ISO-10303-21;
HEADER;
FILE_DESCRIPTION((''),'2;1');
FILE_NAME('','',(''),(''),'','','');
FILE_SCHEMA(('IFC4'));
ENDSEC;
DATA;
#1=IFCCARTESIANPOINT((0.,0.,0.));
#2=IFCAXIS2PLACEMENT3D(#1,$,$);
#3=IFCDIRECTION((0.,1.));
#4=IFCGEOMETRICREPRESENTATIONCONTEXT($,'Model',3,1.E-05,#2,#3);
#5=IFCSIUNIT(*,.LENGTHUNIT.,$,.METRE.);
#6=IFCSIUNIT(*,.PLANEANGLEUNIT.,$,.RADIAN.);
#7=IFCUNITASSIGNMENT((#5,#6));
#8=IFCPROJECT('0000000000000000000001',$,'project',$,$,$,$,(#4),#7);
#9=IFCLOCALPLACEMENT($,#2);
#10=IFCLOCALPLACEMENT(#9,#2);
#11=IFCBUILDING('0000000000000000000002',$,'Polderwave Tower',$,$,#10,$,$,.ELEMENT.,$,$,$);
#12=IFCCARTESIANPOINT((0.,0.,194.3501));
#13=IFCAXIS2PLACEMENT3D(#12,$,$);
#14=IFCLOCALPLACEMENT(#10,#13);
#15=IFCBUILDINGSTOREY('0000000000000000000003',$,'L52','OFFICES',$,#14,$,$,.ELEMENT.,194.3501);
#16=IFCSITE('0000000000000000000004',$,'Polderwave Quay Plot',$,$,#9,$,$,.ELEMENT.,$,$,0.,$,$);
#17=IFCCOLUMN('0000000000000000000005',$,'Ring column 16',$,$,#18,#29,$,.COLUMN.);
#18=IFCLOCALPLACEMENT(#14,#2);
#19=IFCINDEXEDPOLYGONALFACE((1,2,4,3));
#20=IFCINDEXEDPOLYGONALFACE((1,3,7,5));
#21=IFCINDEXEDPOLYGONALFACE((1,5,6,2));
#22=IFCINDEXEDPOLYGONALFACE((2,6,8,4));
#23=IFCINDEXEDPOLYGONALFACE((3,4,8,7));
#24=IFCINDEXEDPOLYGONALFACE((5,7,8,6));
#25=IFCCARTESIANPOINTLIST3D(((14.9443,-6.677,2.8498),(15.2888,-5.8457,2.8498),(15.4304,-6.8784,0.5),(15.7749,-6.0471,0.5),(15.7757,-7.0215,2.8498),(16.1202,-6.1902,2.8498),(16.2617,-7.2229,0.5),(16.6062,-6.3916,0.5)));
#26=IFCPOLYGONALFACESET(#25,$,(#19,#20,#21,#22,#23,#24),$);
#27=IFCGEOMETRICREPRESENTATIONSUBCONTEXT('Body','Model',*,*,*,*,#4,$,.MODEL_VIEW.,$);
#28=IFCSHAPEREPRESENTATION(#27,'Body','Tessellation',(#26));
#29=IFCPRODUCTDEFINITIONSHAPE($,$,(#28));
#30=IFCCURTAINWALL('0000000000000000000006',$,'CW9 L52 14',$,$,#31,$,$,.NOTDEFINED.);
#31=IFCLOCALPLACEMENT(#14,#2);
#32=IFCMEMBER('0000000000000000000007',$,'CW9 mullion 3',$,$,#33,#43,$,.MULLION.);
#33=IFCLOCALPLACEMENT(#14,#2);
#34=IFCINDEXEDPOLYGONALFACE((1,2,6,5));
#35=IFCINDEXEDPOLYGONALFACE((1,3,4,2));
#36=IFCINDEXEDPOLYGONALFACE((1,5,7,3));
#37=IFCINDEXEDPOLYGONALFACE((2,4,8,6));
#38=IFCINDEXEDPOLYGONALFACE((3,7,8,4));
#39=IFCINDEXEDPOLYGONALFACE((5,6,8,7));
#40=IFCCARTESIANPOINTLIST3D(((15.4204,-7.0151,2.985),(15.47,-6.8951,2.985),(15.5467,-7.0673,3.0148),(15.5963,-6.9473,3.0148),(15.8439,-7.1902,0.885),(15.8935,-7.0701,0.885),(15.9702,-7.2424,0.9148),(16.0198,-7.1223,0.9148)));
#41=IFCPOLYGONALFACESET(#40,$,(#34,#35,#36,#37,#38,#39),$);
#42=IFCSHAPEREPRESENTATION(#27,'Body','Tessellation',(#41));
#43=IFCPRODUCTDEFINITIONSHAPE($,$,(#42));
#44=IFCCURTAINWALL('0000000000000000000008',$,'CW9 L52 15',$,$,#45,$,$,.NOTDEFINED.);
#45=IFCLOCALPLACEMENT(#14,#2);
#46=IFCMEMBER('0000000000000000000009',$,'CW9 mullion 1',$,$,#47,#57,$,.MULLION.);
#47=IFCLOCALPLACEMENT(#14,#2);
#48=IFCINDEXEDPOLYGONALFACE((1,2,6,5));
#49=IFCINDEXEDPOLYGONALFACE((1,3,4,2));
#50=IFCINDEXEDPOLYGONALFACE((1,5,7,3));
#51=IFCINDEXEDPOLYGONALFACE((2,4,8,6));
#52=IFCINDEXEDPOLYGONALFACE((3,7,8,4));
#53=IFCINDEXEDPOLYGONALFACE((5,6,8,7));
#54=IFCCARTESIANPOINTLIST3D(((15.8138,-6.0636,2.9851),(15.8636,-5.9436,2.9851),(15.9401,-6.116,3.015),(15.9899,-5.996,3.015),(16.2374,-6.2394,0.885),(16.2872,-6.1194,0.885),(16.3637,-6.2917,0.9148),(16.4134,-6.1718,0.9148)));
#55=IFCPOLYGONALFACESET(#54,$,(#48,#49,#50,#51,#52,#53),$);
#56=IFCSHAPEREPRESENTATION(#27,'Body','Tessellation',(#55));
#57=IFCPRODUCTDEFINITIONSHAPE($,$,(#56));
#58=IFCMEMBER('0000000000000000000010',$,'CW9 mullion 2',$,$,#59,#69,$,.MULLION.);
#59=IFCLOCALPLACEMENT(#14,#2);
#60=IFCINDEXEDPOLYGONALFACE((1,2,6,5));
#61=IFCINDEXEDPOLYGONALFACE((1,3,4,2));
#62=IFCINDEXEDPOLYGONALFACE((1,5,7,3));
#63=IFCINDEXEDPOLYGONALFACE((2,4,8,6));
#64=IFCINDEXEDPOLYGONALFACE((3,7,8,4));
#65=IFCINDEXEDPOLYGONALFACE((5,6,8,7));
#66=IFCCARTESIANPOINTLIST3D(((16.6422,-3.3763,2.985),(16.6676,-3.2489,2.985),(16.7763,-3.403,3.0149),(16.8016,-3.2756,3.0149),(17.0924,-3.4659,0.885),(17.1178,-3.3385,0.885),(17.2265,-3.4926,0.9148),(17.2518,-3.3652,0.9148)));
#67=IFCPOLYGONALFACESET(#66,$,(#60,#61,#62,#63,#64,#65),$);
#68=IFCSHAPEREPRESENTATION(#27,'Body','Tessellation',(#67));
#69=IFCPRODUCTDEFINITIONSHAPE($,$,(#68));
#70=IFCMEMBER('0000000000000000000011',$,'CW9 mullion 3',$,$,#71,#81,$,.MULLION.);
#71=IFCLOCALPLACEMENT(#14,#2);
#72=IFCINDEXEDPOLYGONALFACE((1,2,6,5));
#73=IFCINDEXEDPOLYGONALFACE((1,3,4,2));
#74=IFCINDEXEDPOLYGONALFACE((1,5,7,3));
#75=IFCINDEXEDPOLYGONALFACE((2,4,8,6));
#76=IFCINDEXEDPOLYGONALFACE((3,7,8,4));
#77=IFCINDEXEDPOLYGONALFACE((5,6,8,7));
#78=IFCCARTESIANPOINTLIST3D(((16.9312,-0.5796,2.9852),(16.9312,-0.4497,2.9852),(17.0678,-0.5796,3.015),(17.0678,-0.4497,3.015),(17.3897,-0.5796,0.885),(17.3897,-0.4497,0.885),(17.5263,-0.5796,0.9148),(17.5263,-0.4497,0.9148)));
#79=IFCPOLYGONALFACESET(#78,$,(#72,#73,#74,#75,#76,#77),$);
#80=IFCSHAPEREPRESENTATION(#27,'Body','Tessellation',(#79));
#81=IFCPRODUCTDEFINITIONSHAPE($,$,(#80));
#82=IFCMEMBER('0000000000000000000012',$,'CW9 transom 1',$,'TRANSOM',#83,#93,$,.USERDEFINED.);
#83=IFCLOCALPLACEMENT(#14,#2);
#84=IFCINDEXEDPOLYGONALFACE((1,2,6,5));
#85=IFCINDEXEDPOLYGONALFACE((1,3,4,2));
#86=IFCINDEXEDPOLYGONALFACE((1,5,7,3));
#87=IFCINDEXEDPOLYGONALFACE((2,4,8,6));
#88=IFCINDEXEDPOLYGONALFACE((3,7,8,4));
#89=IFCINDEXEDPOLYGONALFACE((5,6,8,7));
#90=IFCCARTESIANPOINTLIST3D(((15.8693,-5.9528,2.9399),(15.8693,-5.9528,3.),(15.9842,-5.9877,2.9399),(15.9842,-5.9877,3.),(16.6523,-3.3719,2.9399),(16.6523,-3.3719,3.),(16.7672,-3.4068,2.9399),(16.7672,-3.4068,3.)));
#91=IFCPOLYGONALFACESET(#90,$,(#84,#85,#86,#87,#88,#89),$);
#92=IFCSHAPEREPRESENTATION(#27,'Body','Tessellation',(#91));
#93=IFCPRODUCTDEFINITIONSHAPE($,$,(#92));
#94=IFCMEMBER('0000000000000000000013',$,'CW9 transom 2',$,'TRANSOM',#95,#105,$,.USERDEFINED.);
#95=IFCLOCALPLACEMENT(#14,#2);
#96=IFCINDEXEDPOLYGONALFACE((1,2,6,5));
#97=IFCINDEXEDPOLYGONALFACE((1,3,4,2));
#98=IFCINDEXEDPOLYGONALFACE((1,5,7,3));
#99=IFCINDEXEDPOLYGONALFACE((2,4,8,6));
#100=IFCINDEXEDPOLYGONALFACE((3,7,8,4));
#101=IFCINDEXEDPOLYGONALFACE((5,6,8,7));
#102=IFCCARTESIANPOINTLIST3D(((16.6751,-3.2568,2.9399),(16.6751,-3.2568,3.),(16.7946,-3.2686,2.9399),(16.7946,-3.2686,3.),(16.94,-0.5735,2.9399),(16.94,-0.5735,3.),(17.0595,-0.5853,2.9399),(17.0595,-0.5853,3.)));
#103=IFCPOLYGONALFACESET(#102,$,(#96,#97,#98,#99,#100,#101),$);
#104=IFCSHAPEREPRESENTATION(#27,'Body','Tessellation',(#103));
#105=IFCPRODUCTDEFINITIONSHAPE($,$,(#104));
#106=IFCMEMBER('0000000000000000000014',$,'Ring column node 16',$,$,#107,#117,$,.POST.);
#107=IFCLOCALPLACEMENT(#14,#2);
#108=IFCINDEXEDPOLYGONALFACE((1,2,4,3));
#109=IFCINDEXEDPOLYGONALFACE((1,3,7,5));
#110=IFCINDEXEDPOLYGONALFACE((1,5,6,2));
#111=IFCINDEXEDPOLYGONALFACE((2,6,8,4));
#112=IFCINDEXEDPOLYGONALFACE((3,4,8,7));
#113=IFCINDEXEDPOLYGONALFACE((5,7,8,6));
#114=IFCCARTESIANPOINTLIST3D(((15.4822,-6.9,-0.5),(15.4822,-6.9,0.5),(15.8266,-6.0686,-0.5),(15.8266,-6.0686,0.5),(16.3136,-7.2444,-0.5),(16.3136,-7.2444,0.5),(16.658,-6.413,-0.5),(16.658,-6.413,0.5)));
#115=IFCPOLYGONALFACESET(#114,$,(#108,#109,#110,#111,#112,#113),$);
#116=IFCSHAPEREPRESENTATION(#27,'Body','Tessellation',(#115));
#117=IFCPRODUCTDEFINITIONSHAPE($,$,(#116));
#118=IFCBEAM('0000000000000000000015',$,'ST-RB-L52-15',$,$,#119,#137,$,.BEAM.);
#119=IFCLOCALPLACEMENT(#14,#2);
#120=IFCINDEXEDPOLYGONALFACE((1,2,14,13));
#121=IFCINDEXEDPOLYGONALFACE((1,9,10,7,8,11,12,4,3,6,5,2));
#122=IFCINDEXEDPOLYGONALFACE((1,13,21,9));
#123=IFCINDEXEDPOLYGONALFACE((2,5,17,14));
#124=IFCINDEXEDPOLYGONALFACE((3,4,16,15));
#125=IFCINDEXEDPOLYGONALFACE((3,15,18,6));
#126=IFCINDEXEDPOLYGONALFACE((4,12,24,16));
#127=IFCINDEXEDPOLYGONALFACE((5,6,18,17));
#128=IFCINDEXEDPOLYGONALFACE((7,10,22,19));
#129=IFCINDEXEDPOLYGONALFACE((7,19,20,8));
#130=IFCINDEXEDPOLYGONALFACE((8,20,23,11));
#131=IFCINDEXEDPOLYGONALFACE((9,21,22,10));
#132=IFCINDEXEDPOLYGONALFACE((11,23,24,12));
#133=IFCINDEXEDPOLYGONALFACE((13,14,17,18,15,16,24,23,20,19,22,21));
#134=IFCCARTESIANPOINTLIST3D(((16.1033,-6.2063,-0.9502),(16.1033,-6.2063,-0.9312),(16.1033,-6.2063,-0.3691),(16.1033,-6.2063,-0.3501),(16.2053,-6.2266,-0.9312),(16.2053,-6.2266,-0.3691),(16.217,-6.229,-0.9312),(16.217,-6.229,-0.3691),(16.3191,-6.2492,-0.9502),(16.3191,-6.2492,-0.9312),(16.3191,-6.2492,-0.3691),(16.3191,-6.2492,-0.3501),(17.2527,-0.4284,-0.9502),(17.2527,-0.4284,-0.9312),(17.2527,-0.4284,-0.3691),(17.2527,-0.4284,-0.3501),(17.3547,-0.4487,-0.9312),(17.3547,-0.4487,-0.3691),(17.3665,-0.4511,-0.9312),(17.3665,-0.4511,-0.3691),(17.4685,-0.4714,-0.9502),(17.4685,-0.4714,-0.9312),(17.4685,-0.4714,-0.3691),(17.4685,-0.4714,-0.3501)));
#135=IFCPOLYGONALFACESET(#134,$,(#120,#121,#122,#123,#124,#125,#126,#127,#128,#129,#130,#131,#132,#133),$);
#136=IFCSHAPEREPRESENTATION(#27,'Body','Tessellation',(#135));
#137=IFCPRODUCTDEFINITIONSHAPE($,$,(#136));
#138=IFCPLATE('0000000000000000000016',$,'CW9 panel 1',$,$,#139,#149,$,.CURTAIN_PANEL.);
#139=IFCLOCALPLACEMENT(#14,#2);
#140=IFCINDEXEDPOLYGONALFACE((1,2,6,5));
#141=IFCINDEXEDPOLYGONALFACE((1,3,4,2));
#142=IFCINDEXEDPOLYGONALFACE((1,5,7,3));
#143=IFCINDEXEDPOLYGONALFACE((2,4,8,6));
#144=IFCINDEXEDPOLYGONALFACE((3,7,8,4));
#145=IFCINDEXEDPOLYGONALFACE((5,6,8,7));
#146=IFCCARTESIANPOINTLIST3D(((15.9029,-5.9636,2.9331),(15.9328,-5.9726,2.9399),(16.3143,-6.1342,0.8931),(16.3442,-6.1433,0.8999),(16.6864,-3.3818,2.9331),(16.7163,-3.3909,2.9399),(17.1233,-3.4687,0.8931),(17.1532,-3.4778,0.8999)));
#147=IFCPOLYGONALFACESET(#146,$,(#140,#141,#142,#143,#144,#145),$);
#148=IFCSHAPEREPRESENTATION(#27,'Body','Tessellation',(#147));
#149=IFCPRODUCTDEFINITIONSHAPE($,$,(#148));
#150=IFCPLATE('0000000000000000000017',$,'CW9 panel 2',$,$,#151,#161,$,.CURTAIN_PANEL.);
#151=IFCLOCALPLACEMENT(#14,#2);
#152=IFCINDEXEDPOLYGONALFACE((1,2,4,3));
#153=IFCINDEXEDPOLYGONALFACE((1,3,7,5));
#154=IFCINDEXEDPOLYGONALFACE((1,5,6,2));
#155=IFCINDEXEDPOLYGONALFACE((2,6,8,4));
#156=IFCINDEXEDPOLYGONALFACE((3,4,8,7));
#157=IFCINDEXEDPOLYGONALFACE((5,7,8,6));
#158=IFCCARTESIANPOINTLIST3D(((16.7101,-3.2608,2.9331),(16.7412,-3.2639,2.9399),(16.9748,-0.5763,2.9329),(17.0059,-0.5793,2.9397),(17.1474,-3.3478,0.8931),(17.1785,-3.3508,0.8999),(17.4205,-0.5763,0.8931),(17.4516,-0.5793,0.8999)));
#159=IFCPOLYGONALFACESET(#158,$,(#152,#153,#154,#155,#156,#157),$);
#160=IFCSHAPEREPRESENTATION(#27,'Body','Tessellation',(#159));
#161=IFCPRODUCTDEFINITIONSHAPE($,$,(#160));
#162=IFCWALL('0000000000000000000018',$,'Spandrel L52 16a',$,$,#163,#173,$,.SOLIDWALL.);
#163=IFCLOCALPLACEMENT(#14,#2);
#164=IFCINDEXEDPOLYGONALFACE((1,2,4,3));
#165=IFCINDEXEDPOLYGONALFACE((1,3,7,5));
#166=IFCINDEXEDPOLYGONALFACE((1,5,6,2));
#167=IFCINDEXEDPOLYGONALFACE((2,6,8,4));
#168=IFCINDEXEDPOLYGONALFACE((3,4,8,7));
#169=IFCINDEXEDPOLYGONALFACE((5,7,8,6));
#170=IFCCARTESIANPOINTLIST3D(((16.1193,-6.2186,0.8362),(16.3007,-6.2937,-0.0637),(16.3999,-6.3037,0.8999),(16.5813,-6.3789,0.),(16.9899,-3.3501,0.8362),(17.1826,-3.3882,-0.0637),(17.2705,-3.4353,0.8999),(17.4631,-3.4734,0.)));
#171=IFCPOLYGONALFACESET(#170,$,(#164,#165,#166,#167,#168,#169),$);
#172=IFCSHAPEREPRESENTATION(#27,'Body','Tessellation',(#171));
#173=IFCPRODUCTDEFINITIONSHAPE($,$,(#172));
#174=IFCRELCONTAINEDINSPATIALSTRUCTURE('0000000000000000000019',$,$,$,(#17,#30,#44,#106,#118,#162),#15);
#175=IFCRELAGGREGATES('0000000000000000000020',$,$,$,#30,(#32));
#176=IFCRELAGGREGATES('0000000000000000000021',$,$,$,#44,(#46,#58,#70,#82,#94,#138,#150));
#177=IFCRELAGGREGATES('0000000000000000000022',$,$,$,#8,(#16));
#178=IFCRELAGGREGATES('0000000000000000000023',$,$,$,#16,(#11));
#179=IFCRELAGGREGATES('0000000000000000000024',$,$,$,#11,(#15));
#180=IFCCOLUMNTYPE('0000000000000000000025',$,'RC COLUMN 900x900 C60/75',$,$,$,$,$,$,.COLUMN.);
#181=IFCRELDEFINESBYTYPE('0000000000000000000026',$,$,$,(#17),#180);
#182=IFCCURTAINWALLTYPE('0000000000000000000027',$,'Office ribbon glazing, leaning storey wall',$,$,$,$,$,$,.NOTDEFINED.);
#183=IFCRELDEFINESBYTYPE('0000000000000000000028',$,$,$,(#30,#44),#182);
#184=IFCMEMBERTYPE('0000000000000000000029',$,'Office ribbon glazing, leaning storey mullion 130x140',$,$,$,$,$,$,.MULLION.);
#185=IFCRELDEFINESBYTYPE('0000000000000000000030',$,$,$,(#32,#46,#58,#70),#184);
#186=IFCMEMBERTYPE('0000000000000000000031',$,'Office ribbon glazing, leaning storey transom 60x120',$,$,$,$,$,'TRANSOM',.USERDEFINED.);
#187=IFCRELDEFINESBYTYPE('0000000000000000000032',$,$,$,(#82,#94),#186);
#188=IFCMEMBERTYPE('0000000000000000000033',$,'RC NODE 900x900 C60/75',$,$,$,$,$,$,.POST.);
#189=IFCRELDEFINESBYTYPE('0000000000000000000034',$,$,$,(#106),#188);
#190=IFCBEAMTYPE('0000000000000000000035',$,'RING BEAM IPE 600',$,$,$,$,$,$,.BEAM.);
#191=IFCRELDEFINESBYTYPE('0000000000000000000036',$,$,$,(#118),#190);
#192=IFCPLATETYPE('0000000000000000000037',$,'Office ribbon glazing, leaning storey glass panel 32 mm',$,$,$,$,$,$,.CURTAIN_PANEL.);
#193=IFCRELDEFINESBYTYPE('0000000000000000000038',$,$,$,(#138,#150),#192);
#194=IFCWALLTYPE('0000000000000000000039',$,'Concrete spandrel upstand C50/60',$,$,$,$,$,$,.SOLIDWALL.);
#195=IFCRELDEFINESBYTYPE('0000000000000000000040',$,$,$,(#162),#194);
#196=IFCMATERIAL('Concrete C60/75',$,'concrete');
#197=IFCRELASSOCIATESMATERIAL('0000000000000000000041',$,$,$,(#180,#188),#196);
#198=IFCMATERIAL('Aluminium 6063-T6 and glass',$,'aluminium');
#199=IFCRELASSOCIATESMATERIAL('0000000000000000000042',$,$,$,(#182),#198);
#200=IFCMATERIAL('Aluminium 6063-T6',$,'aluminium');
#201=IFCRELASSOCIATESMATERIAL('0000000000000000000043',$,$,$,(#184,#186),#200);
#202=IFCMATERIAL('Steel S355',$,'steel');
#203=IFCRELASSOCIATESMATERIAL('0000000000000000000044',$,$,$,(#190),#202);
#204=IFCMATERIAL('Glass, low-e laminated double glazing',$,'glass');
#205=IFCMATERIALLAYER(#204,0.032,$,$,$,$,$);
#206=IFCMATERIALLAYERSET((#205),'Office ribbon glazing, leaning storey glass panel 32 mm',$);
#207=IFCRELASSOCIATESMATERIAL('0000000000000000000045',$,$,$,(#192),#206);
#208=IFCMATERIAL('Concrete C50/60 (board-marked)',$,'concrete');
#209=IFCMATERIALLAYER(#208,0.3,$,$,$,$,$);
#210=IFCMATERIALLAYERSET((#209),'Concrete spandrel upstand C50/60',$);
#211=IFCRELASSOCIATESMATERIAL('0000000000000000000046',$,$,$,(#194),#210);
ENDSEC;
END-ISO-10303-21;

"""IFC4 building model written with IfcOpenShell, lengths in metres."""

from ifc_helpers import new_model, si_unit, direction, frame, origin, origin_2d, place, context, subcontext, project, spatial, polyline, rectangle, i_section, outline, extrude, material, layer, layer_set, material_profile, profile_set, type_object, element, aggregate, save


model = new_model("IFC4")

# Units and contexts
model_context = context("Model", 3, precision=1e-05, world=origin(), true_north=direction((0.0, 1.0)))
body_context = subcontext(model_context, "Body", "Model", "MODEL_VIEW")
ifc_project = project(units=[si_unit("LENGTHUNIT", "METRE"), si_unit("PLANEANGLEUNIT", "RADIAN")], contexts=[model_context])

# Site, building, storey
site_placement = place(None, origin())
site = spatial("IfcSite", under=ifc_project, at=site_placement, Name="Polderwave Quay Plot", CompositionType="ELEMENT", RefElevation=0.0)
building_placement = place(site_placement, origin())
building = spatial("IfcBuilding", under=site, at=building_placement, Name="Polderwave Tower", CompositionType="ELEMENT")
storey_placement = place(building_placement, frame((0.0, 0.0, 194.3501)))
storey = spatial("IfcBuildingStorey", under=building, at=storey_placement, Name="L52", Description="OFFICES", CompositionType="ELEMENT", Elevation=194.3501)

# Column
ifc_material_1 = material(Name="Concrete C60/75", Category="concrete")
ifc_material_profile_1 = material_profile(ifc_material_1, rectangle(XDim=0.8999, YDim=0.8999, at=origin_2d()), Name="RC 900x900")
ifc_profile_set_1 = profile_set([ifc_material_profile_1], Name="Concrete C60/75")
column_type = type_object("IfcColumnType", Name="RC COLUMN 900x900 C60/75", PredefinedType="COLUMN", material=ifc_profile_set_1)
column_placement = place(storey_placement, frame((16.0183, -6.635, 0.5), z_axis=(0.0, 0.0, 1.0), x_axis=(-0.382803, -0.92383, 0.0)))
element("IfcColumn", 1, at=column_placement, inside=storey, type_object=column_type, Name="Ring column 16", PredefinedType="COLUMN", context=body_context, shape_type="SweptSolid", body=[
    extrude(rectangle(XDim=0.8999, YDim=0.8999, at=origin_2d()), origin(), (0.0, -0.218502, 0.975836), 2.408),
])

# Curtain wall, member
ifc_material_2 = material(Name="Aluminium 6063-T6 and glass", Category="aluminium")
curtain_wall_type = type_object("IfcCurtainWallType", Name="Office ribbon glazing, leaning storey wall", PredefinedType="NOTDEFINED", material=ifc_material_2)
curtain_wall_1_placement = place(storey_placement, origin())
curtain_wall_1 = element("IfcCurtainWall", 2, at=curtain_wall_1_placement, inside=storey, type_object=curtain_wall_type, Name="CW9 L52 14", PredefinedType="NOTDEFINED")
ifc_material_3 = material(Name="Aluminium 6063-T6", Category="aluminium")
ifc_material_profile_2 = material_profile(ifc_material_3, rectangle(XDim=0.1299, YDim=0.1399, at=origin_2d()), Name="AL 130x140")
ifc_profile_set_2 = profile_set([ifc_material_profile_2], Name="Aluminium 6063-T6")
member_type_1 = type_object("IfcMemberType", Name="Office ribbon glazing, leaning storey mullion 130x140", PredefinedType="MULLION", material=ifc_profile_set_2)
member_1_placement = place(storey_placement, frame((15.9319, -7.1562, 0.8999), z_axis=(-0.197059, 0.081436, 0.977004), x_axis=(-0.381928, -0.924192, 0.0)))
member_1 = element("IfcMember", 3, at=member_1_placement, type_object=member_type_1, Name="CW9 mullion 3", PredefinedType="MULLION", context=body_context, shape_type="SweptSolid", body=[
    extrude(rectangle(XDim=0.1299, YDim=0.1399, at=origin_2d()), origin(), (0.0, 0.0, 1.0), 2.1494),
])
aggregate(curtain_wall_1, [member_1])

# Curtain wall, members
curtain_wall_2_placement = place(storey_placement, origin())
curtain_wall_2 = element("IfcCurtainWall", 4, at=curtain_wall_2_placement, inside=storey, type_object=curtain_wall_type, Name="CW9 L52 15", PredefinedType="NOTDEFINED")
member_2_placement = place(storey_placement, frame((16.3254, -6.2056, 0.8999), z_axis=(-0.197053, 0.081774, 0.976976), x_axis=(-0.383292, -0.923627, 0.0)))
member_2 = element("IfcMember", 5, at=member_2_placement, type_object=member_type_1, Name="CW9 mullion 1", PredefinedType="MULLION", context=body_context, shape_type="SweptSolid", body=[
    extrude(rectangle(XDim=0.1299, YDim=0.1399, at=origin_2d()), origin(), (0.0, 0.0, 1.0), 2.1497),
])
member_3_placement = place(storey_placement, frame((17.1721, -3.4155, 0.8999), z_axis=(-0.209425, 0.04168, 0.976936), x_axis=(-0.195196, -0.980764, 0.0)))
member_3 = element("IfcMember", 6, at=member_3_placement, type_object=member_type_1, Name="CW9 mullion 2", PredefinedType="MULLION", context=body_context, shape_type="SweptSolid", body=[
    extrude(rectangle(XDim=0.1299, YDim=0.1399, at=origin_2d()), origin(), (0.0, 0.0, 1.0), 2.1497),
])
member_4_placement = place(storey_placement, frame((17.458, -0.5146, 0.8999), z_axis=(-0.213297, 0.0, 0.976987), x_axis=(0.0, -1.0, 0.0)))
member_4 = element("IfcMember", 7, at=member_4_placement, type_object=member_type_1, Name="CW9 mullion 3", PredefinedType="MULLION", context=body_context, shape_type="SweptSolid", body=[
    extrude(rectangle(XDim=0.1299, YDim=0.1399, at=origin_2d()), origin(), (0.0, 0.0, 1.0), 2.1497),
])
ifc_material_profile_3 = material_profile(ifc_material_3, rectangle(XDim=0.1201, YDim=0.0601, at=origin_2d()), Name="AL 60x120")
ifc_profile_set_3 = profile_set([ifc_material_profile_3], Name="Aluminium 6063-T6")
member_type_2 = type_object("IfcMemberType", Name="Office ribbon glazing, leaning storey transom 60x120", ElementType="TRANSOM", PredefinedType="USERDEFINED", material=ifc_profile_set_3)
member_5_placement = place(storey_placement, frame((15.9268, -5.9702, 2.97), z_axis=(0.290311, 0.956932, 0.0), x_axis=(-0.956932, 0.290311, 0.0)))
member_5 = element("IfcMember", 8, at=member_5_placement, type_object=member_type_2, Name="CW9 transom 1", ObjectType="TRANSOM", PredefinedType="USERDEFINED", context=body_context, shape_type="SweptSolid", body=[
    extrude(rectangle(XDim=0.1201, YDim=0.0601, at=origin_2d()), origin(), (0.0, 0.0, 1.0), 2.697),
])
member_6_placement = place(storey_placement, frame((16.7349, -3.2627, 2.97), z_axis=(0.09824, 0.995163, 0.0), x_axis=(-0.995163, 0.09824, 0.0)))
member_6 = element("IfcMember", 9, at=member_6_placement, type_object=member_type_2, Name="CW9 transom 2", ObjectType="TRANSOM", PredefinedType="USERDEFINED", context=body_context, shape_type="SweptSolid", body=[
    extrude(rectangle(XDim=0.1201, YDim=0.0601, at=origin_2d()), origin(), (0.0, 0.0, 1.0), 2.6963),
])

# Member
ifc_material_profile_4 = material_profile(ifc_material_1, rectangle(XDim=0.8999, YDim=0.8999, at=origin_2d()), Name="RC 900x900")
ifc_profile_set_4 = profile_set([ifc_material_profile_4], Name="Concrete C60/75")
member_type_3 = type_object("IfcMemberType", Name="RC NODE 900x900 C60/75", PredefinedType="POST", material=ifc_profile_set_4)
member_7_placement = place(storey_placement, frame((16.0701, -6.6565, -0.5), z_axis=(0.0, 0.0, 1.0), x_axis=(0.92388, -0.382683, 0.0)))
element("IfcMember", 10, at=member_7_placement, inside=storey, type_object=member_type_3, Name="Ring column node 16", PredefinedType="POST", context=body_context, shape_type="SweptSolid", body=[
    extrude(rectangle(XDim=0.8999, YDim=0.8999, at=origin_2d()), origin(), (0.0, 0.0, 1.0), 1.0),
])

# Beam
ifc_material_4 = material(Name="Steel S355", Category="steel")
ifc_material_profile_5 = material_profile(ifc_material_4, i_section(OverallWidth=0.22, OverallDepth=0.6001, WebThickness=0.012, FlangeThickness=0.019, at=origin_2d()), Name="IPE 600")
ifc_profile_set_5 = profile_set([ifc_material_profile_5], Name="Steel S355")
beam_type = type_object("IfcBeamType", Name="RING BEAM IPE 600", PredefinedType="BEAM", material=ifc_profile_set_5)
beam_placement = place(storey_placement, frame((16.2112, -6.2278, -0.6501), z_axis=(0.195112, 0.980781, 0.0), x_axis=(-0.980781, 0.195112, 0.0)))
element("IfcBeam", 11, at=beam_placement, inside=storey, type_object=beam_type, Name="ST-RB-L52-15", PredefinedType="BEAM", context=body_context, shape_type="SweptSolid", body=[
    extrude(i_section(OverallWidth=0.22, OverallDepth=0.6001, WebThickness=0.012, FlangeThickness=0.019, at=origin_2d()), origin(), (0.0, 0.0, 1.0), 5.8911),
])

# Plates
ifc_material_5 = material(Name="Glass, low-e laminated double glazing", Category="glass")
ifc_layer_1 = layer(ifc_material_5, 0.032)
ifc_layer_set_1 = layer_set([ifc_layer_1], Name="Office ribbon glazing, leaning storey glass panel 32 mm")
plate_type = type_object("IfcPlateType", Name="Office ribbon glazing, leaning storey glass panel 32 mm", PredefinedType="CURTAIN_PANEL", material=ifc_layer_set_1)
plate_1_placement = place(storey_placement, frame((16.3442, -6.1433, 0.8999), z_axis=(0.935078, -0.283791, 0.21235), x_axis=(0.290416, 0.956901, -0.000008)))
plate_1 = element("IfcPlate", 12, at=plate_1_placement, type_object=plate_type, Name="CW9 panel 1", PredefinedType="CURTAIN_PANEL", context=body_context, shape_type="SweptSolid", body=[
    extrude(outline(polyline([(0.0, 0.0), (2.7856, 0.0), (2.7419, 2.0877), (0.0438, 2.0876), (0.0, 0.0)])), origin(), (0.0, 0.0, -1.0), 0.032),
])
plate_2_placement = place(storey_placement, frame((17.1785, -3.3508, 0.8999), z_axis=(0.972444, -0.095851, 0.212522), x_axis=(0.098092, 0.995177, -0.000001)))
plate_2 = element("IfcPlate", 13, at=plate_2_placement, type_object=plate_type, Name="CW9 panel 2", PredefinedType="CURTAIN_PANEL", context=body_context, shape_type="SweptSolid", body=[
    extrude(outline(polyline([(0.0, 0.0), (2.7849, 0.0), (2.7412, 2.0875), (0.0436, 2.0877), (0.0, 0.0)])), origin(), (0.0, 0.0, -1.0), 0.032),
])
aggregate(curtain_wall_2, [member_2, member_3, member_4, member_5, member_6, plate_1, plate_2])

# Wall
ifc_material_6 = material(Name="Concrete C50/60 (board-marked)", Category="concrete")
ifc_layer_2 = layer(ifc_material_6, 0.3)
ifc_layer_set_2 = layer_set([ifc_layer_2], Name="Concrete spandrel upstand C50/60")
wall_type_1 = type_object("IfcWallType", Name="Concrete spandrel upstand C50/60", PredefinedType="SOLIDWALL", material=ifc_layer_set_2)
wall_1_placement = place(storey_placement, frame((16.5813, -6.3789, 0.0), z_axis=(0.935107, -0.283814, 0.212191), x_axis=(0.290427, 0.956897, 0.000001)))
element("IfcWall", 14, at=wall_1_placement, inside=storey, type_object=wall_type_1, Name="Spandrel L52 16a", PredefinedType="SOLIDWALL", context=body_context, shape_type="SweptSolid", body=[
    extrude(outline(polyline([(0.0, 0.0), (3.0364, 0.0), (3.0169, 0.9209), (0.0193, 0.9209), (0.0, 0.0)])), origin(), (0.0, 0.0, -1.0), 0.3),
])

save(model, "model.ifc")
